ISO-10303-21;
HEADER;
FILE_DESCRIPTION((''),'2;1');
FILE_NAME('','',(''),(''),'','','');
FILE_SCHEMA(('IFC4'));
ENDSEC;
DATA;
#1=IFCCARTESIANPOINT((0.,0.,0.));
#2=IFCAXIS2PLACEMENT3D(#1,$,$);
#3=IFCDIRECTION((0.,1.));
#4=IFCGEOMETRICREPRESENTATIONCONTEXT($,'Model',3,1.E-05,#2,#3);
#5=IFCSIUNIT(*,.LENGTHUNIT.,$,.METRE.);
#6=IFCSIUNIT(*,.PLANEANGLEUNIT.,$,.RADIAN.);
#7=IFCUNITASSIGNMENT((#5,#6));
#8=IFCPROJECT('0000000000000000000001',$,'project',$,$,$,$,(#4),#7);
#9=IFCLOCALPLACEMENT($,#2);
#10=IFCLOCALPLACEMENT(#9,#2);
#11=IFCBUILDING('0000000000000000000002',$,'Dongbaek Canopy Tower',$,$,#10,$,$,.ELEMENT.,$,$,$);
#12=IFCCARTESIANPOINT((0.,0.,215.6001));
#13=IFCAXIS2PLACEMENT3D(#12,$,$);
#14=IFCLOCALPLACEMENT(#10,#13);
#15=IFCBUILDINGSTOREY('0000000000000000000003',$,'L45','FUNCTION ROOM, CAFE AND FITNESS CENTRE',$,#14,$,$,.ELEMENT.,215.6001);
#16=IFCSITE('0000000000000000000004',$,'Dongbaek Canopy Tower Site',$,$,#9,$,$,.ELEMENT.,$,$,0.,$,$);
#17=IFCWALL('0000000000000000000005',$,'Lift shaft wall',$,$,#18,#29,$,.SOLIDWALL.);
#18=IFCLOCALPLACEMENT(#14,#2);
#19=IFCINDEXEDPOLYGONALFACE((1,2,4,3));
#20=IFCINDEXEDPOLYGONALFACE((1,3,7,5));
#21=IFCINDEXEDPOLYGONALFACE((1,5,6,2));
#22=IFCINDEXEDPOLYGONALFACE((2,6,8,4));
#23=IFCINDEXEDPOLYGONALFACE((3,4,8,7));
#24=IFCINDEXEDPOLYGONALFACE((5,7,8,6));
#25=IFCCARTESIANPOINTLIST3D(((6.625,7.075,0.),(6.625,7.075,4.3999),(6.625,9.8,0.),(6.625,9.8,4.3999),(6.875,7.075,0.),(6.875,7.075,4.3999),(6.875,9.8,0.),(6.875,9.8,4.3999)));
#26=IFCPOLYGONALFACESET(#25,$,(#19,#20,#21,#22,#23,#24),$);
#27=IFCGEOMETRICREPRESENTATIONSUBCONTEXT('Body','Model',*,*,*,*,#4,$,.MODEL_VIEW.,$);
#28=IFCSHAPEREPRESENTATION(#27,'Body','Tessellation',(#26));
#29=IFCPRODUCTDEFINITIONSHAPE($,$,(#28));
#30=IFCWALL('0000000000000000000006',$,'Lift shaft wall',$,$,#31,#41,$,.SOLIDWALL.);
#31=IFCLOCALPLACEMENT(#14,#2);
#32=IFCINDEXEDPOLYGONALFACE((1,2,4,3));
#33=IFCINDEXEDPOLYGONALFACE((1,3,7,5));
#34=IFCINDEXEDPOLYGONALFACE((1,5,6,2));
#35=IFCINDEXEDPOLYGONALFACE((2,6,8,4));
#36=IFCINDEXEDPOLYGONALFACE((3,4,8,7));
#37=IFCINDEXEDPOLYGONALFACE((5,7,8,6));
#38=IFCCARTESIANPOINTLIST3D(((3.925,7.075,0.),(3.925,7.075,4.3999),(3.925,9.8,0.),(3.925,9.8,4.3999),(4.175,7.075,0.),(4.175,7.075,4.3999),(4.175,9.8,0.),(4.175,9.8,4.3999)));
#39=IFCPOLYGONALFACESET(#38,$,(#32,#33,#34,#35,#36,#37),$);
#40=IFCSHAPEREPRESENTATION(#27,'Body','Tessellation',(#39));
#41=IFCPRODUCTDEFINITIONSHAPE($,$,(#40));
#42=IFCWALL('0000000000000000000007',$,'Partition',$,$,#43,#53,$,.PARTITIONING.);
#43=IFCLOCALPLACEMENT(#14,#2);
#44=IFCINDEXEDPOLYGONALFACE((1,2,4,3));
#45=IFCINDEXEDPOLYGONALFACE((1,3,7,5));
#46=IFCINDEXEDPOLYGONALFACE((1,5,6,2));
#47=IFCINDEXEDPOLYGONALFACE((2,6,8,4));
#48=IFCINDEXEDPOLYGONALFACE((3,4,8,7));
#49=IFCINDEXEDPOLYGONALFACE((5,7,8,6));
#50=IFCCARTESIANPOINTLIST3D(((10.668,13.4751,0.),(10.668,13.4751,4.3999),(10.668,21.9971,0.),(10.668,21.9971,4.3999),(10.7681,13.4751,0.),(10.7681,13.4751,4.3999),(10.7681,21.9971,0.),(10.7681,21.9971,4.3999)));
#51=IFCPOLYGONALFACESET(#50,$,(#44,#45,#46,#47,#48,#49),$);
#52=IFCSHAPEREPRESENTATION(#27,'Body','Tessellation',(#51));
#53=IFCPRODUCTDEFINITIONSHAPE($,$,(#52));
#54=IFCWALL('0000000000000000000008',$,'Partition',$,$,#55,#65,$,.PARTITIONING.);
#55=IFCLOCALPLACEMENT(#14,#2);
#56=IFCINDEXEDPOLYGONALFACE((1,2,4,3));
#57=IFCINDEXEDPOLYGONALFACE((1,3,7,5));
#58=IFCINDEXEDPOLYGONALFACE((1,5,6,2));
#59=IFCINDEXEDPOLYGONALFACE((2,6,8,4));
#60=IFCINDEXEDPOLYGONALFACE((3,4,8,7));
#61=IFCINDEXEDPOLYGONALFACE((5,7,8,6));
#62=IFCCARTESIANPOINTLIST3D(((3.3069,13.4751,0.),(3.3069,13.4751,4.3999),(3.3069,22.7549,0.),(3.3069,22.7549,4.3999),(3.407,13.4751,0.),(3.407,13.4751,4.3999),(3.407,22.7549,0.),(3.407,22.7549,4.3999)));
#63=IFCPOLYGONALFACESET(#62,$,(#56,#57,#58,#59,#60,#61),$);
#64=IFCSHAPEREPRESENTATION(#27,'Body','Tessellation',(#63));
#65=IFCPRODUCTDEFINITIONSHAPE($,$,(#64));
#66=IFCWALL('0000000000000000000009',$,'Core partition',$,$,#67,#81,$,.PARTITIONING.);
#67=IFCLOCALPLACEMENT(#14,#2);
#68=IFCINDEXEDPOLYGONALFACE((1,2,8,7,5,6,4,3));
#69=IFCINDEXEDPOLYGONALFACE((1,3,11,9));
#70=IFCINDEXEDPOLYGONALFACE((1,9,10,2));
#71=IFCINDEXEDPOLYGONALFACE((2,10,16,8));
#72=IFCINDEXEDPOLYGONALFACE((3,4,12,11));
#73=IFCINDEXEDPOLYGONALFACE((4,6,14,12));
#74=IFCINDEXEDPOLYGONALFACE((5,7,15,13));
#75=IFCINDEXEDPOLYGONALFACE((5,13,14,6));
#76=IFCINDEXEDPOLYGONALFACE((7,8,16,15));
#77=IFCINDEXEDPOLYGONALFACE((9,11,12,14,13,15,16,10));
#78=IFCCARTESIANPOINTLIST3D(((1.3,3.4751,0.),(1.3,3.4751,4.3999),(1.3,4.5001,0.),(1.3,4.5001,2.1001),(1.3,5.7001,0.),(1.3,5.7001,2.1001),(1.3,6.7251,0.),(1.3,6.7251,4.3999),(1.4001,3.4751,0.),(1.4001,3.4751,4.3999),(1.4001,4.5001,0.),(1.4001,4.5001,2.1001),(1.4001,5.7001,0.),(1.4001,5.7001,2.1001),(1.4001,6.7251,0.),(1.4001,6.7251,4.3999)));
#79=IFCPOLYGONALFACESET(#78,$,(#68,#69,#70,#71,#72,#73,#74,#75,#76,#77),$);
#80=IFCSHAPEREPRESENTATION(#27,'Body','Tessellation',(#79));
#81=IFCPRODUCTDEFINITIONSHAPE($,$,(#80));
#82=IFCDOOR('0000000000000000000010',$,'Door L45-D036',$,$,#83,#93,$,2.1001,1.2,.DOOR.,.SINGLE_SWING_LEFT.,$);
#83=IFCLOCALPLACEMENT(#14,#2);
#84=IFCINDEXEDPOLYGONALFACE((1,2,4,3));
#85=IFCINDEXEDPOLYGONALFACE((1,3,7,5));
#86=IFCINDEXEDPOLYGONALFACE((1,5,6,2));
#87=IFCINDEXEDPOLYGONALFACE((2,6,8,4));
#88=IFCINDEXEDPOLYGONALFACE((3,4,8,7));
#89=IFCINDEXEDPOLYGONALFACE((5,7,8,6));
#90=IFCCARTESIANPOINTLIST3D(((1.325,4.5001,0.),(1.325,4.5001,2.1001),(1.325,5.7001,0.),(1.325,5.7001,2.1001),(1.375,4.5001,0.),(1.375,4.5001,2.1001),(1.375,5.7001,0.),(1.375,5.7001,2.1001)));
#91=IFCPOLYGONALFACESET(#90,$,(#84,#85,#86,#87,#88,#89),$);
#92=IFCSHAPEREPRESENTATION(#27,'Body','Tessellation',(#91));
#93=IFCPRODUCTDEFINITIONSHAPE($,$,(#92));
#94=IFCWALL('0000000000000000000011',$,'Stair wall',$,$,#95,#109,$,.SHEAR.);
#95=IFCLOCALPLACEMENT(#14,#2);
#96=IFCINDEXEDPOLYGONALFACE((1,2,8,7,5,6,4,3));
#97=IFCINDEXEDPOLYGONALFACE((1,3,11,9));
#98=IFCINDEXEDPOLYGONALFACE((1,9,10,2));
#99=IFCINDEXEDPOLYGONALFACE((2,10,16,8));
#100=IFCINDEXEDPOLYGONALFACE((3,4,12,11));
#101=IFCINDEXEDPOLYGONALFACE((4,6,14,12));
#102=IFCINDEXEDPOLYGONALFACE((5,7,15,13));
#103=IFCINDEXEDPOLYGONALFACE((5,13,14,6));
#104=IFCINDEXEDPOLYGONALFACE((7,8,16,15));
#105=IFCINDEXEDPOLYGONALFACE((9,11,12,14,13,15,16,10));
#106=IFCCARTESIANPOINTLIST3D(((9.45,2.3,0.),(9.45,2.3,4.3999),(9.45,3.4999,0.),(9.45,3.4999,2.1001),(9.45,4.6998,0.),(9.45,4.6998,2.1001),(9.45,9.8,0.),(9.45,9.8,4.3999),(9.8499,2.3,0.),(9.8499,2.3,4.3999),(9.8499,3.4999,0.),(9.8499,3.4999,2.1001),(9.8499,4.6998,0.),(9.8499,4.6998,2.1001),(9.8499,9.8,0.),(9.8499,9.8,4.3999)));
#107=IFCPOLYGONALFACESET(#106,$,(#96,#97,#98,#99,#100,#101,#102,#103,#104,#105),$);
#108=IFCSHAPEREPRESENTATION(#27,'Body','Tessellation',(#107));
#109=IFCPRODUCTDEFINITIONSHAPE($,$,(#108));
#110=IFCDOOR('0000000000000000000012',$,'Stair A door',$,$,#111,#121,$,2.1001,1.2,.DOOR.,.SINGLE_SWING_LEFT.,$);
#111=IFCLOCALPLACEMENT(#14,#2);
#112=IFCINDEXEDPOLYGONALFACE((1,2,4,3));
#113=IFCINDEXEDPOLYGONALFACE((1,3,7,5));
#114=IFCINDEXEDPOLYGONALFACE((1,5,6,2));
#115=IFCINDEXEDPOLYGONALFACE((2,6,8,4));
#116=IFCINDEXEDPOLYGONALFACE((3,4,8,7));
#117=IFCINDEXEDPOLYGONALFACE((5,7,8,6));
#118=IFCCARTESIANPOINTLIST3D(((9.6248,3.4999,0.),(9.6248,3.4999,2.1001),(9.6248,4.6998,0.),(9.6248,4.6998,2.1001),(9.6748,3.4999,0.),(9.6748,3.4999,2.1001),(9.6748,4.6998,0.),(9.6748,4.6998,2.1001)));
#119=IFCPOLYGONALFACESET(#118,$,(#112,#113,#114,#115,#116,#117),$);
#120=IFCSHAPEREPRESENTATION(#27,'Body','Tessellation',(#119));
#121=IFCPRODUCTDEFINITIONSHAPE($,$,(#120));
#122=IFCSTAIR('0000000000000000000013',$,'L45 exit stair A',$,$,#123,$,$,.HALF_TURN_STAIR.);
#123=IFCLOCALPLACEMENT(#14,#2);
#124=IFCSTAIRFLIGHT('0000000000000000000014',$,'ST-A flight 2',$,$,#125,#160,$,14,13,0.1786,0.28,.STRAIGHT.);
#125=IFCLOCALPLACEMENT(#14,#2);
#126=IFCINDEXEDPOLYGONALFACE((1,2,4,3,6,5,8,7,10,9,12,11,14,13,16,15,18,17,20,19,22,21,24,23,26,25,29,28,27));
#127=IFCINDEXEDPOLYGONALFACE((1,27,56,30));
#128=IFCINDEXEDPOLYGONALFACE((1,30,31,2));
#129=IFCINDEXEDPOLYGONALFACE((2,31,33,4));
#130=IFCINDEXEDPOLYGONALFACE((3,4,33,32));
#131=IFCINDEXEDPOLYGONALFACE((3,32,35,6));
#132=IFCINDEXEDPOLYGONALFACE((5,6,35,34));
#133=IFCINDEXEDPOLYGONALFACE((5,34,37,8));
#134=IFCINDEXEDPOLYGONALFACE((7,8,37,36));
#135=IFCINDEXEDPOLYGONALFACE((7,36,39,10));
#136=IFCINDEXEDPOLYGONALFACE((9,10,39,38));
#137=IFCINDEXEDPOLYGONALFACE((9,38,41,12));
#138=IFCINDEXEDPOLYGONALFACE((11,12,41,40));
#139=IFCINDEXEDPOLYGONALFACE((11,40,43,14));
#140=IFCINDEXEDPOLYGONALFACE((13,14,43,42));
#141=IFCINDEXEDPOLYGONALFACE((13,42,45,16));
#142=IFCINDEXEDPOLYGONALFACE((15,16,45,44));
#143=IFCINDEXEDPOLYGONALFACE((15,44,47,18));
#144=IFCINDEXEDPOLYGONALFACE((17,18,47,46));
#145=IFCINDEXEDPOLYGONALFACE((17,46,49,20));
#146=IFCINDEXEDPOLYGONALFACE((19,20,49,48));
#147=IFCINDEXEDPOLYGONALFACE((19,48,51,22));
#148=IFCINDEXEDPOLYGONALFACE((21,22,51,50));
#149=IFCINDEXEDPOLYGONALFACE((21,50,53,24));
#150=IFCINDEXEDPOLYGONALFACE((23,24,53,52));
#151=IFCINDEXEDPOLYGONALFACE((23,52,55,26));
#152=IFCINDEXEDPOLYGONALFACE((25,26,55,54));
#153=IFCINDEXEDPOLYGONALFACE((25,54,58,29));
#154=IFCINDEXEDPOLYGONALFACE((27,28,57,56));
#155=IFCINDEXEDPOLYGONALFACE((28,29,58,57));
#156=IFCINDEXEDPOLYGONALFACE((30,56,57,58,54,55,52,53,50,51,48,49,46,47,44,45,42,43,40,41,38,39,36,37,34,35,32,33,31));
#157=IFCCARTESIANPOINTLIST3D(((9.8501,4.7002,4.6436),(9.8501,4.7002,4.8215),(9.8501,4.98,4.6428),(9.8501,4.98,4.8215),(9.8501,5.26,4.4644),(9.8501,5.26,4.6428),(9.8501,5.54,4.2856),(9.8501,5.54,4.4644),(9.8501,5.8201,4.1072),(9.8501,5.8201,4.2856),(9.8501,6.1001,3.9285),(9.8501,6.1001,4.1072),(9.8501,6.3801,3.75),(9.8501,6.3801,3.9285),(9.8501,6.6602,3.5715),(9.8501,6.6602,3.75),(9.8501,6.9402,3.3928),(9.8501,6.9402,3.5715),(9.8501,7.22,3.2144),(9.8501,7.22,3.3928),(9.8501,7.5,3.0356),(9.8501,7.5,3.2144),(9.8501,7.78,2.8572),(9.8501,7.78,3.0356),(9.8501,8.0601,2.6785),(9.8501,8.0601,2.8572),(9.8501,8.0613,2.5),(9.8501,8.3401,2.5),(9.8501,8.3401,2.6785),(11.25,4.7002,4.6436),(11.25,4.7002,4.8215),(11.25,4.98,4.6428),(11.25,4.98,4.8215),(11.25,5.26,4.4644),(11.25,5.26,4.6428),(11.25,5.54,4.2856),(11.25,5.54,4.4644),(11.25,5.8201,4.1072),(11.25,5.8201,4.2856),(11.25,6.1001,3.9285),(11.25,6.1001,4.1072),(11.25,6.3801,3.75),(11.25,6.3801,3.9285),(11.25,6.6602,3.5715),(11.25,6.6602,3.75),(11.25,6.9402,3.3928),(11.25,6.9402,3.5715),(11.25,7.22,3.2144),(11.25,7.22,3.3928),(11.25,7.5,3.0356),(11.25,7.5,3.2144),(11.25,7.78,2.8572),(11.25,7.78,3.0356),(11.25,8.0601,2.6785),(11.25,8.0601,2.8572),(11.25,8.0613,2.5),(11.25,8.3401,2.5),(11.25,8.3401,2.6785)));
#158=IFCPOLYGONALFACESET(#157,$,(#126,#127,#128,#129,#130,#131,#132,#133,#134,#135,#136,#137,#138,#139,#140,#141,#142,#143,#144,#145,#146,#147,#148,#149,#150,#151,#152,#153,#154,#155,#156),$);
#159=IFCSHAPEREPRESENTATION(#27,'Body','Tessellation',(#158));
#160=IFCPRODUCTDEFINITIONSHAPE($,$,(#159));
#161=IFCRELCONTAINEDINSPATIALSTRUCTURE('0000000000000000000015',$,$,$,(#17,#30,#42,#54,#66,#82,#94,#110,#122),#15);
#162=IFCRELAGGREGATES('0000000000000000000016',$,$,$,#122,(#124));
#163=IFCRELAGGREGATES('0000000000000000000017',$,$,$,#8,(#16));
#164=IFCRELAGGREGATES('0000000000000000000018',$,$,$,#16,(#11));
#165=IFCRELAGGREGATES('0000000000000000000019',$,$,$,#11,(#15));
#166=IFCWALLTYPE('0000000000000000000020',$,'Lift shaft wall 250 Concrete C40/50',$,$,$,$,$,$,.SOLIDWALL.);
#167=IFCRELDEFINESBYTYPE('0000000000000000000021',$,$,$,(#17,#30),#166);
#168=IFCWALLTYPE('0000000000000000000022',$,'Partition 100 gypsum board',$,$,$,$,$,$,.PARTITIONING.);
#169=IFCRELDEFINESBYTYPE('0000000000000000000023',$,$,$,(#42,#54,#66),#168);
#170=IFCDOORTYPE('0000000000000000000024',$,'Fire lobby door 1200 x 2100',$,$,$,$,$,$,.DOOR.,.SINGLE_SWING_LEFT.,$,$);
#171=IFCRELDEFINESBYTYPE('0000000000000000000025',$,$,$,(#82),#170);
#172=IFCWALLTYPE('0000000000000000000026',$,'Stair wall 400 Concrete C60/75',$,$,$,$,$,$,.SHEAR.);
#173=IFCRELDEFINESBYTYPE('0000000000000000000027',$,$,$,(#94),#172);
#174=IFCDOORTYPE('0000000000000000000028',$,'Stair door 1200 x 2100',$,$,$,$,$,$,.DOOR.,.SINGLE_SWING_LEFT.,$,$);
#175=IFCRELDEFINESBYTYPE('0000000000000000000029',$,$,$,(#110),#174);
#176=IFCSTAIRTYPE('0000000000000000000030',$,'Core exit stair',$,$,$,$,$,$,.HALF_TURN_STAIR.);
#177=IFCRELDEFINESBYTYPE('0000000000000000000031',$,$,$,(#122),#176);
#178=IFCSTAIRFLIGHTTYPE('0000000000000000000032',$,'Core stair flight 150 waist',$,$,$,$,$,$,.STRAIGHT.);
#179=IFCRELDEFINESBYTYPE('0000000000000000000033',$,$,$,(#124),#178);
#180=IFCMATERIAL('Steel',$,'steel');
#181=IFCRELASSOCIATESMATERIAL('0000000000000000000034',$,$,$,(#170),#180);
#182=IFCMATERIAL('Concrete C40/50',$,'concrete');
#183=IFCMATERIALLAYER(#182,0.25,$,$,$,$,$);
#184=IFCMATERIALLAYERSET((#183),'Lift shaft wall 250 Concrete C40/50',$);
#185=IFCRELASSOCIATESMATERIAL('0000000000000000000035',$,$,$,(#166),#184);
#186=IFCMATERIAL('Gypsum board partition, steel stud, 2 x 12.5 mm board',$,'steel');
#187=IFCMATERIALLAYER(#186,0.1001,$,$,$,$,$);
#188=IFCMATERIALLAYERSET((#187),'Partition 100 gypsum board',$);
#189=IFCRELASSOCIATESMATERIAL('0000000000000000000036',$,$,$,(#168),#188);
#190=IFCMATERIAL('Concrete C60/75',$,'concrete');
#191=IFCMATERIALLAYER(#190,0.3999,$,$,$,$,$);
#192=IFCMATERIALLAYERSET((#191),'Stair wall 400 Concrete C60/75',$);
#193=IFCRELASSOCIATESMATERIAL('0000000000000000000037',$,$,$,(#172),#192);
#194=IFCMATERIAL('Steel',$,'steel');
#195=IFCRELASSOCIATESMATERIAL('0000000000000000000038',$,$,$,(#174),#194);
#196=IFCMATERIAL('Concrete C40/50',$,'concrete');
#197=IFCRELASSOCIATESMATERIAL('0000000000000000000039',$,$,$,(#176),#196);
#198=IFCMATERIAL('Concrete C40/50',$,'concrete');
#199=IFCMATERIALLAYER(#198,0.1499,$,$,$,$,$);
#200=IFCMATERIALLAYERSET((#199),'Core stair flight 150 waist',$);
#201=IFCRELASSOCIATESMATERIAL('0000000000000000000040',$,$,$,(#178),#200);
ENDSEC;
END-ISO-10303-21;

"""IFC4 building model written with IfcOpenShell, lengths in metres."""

from ifc_helpers import new_model, si_unit, direction, frame, frame_2d, origin, place, context, subcontext, project, spatial, polyline, rectangle, outline, extrude, material, layer, layer_set, type_object, element, fill, aggregate, save


model = new_model("IFC4")

# Units and contexts
model_context = context("Model", 3, precision=1e-05, world=origin(), true_north=direction((0.0, 1.0)))
body_context = subcontext(model_context, "Body", "Model", "MODEL_VIEW")
ifc_project = project(units=[si_unit("LENGTHUNIT", "METRE"), si_unit("PLANEANGLEUNIT", "RADIAN")], contexts=[model_context])

# Site, building, storey
site_placement = place(None, origin())
site = spatial("IfcSite", under=ifc_project, at=site_placement, Name="Dongbaek Canopy Tower Site", CompositionType="ELEMENT", RefElevation=0.0)
building_placement = place(site_placement, origin())
building = spatial("IfcBuilding", under=site, at=building_placement, Name="Dongbaek Canopy Tower", CompositionType="ELEMENT")
storey_placement = place(building_placement, frame((0.0, 0.0, 215.6001)))
storey = spatial("IfcBuildingStorey", under=building, at=storey_placement, Name="L45", Description="FUNCTION ROOM, CAFE AND FITNESS CENTRE", CompositionType="ELEMENT", Elevation=215.6001)

# Shared definitions
ifc_material_1 = material(Name="Steel", Category="steel")
door_type_1 = type_object("IfcDoorType", Name="Fire lobby door 1200 x 2100", OperationType="SINGLE_SWING_LEFT", PredefinedType="DOOR", material=ifc_material_1)

# Walls
ifc_material_2 = material(Name="Concrete C40/50", Category="concrete")
ifc_layer_1 = layer(ifc_material_2, 0.25)
ifc_layer_set_1 = layer_set([ifc_layer_1], Name="Lift shaft wall 250 Concrete C40/50")
wall_type_1 = type_object("IfcWallType", Name="Lift shaft wall 250 Concrete C40/50", PredefinedType="SOLIDWALL", material=ifc_layer_set_1)
for number, where, z_axis, x_axis, name in (
    (1, (6.75, 7.075, 0.0), (0.0, 0.0, 1.0), (0.0, 1.0, 0.0), "Lift shaft wall"),
    (2, (4.05, 7.075, 0.0), (0.0, 0.0, 1.0), (0.0, 1.0, 0.0), "Lift shaft wall"),
):
    element("IfcWall", number, at=place(storey_placement, frame(where, z_axis=z_axis, x_axis=x_axis)), inside=storey, type_object=wall_type_1, Name=name, PredefinedType="SOLIDWALL", context=body_context, shape_type="SweptSolid", body=[
        extrude(rectangle(XDim=2.7251, YDim=0.25, at=frame_2d((1.3625, 0.0))), origin(), (0.0, 0.0, 1.0), 4.3999),
    ])
ifc_material_3 = material(Name="Gypsum board partition, steel stud, 2 x 12.5 mm board", Category="steel")
ifc_layer_2 = layer(ifc_material_3, 0.1001)
ifc_layer_set_2 = layer_set([ifc_layer_2], Name="Partition 100 gypsum board")
wall_type_2 = type_object("IfcWallType", Name="Partition 100 gypsum board", PredefinedType="PARTITIONING", material=ifc_layer_set_2)
wall_1_placement = place(storey_placement, frame((10.718, 13.4751, 0.0), z_axis=(0.0, 0.0, 1.0), x_axis=(0.0, 1.0, 0.0)))
element("IfcWall", 3, at=wall_1_placement, inside=storey, type_object=wall_type_2, Name="Partition", PredefinedType="PARTITIONING", context=body_context, shape_type="SweptSolid", body=[
    extrude(rectangle(XDim=8.522, YDim=0.1001, at=frame_2d((4.261, 0.0))), origin(), (0.0, 0.0, 1.0), 4.3999),
])
wall_2_placement = place(storey_placement, frame((3.3569, 13.4751, 0.0), z_axis=(0.0, 0.0, 1.0), x_axis=(0.0, 1.0, 0.0)))
element("IfcWall", 4, at=wall_2_placement, inside=storey, type_object=wall_type_2, Name="Partition", PredefinedType="PARTITIONING", context=body_context, shape_type="SweptSolid", body=[
    extrude(rectangle(XDim=9.2798, YDim=0.1001, at=frame_2d((4.6399, 0.0))), origin(), (0.0, 0.0, 1.0), 4.3999),
])

# Walls, openings, doors
wall_3_placement = place(storey_placement, frame((1.3501, 6.7251, 0.0), z_axis=(0.0, 0.0, 1.0), x_axis=(0.0, -1.0, 0.0)))
wall_3 = element("IfcWall", 5, at=wall_3_placement, inside=storey, type_object=wall_type_2, Name="Core partition", PredefinedType="PARTITIONING", context=body_context, shape_type="SweptSolid", body=[
    extrude(rectangle(XDim=3.25, YDim=0.1001, at=frame_2d((1.625, 0.0))), origin(), (0.0, 0.0, 1.0), 4.3999),
])
opening_1_placement = place(wall_3_placement, frame((1.0249, 0.0, 0.0)))
opening_1 = element("IfcOpeningElement", 6, at=opening_1_placement, cuts=wall_3, PredefinedType="OPENING", context=body_context, shape_type="SweptSolid", body=[
    extrude(rectangle(XDim=1.2, YDim=2.1001, at=frame_2d((0.6001, 1.05))), frame((0.0, 0.0601, 0.0), z_axis=(0.0, -1.0, 0.0), x_axis=(1.0, 0.0, 0.0)), (0.0, 0.0, 1.0), 0.1201),
])
door_1_placement = place(opening_1_placement, origin())
door_1 = element("IfcDoor", 7, at=door_1_placement, inside=storey, type_object=door_type_1, Name="Door L45-D036", OperationType="SINGLE_SWING_LEFT", OverallHeight=2.1001, OverallWidth=1.2, PredefinedType="DOOR", context=body_context, shape_type="SweptSolid", body=[
    extrude(rectangle(XDim=1.2, YDim=2.1001, at=frame_2d((0.6001, 1.05))), frame((0.0, 0.0249, 0.0), z_axis=(0.0, -1.0, 0.0), x_axis=(1.0, 0.0, 0.0)), (0.0, 0.0, 1.0), 0.05),
])
fill(opening_1, door_1)
ifc_material_4 = material(Name="Concrete C60/75", Category="concrete")
ifc_layer_3 = layer(ifc_material_4, 0.3999)
ifc_layer_set_3 = layer_set([ifc_layer_3], Name="Stair wall 400 Concrete C60/75")
wall_type_3 = type_object("IfcWallType", Name="Stair wall 400 Concrete C60/75", PredefinedType="SHEAR", material=ifc_layer_set_3)
wall_4_placement = place(storey_placement, frame((9.6499, 9.8, 0.0), z_axis=(0.0, 0.0, 1.0), x_axis=(0.0, -1.0, 0.0)))
wall_4 = element("IfcWall", 8, at=wall_4_placement, inside=storey, type_object=wall_type_3, Name="Stair wall", PredefinedType="SHEAR", context=body_context, shape_type="SweptSolid", body=[
    extrude(rectangle(XDim=7.5, YDim=0.3999, at=frame_2d((3.75, 0.0))), origin(), (0.0, 0.0, 1.0), 4.3999),
])
opening_2_placement = place(wall_4_placement, frame((5.1001, 0.0, 0.0)))
opening_2 = element("IfcOpeningElement", 9, at=opening_2_placement, cuts=wall_4, PredefinedType="OPENING", context=body_context, shape_type="SweptSolid", body=[
    extrude(rectangle(XDim=1.2, YDim=2.1001, at=frame_2d((0.6001, 1.05))), frame((0.0, 0.21, 0.0), z_axis=(0.0, -1.0, 0.0), x_axis=(1.0, 0.0, 0.0)), (0.0, 0.0, 1.0), 0.4199),
])
ifc_material_5 = material(Name="Steel", Category="steel")
door_type_2 = type_object("IfcDoorType", Name="Stair door 1200 x 2100", OperationType="SINGLE_SWING_LEFT", PredefinedType="DOOR", material=ifc_material_5)
door_2_placement = place(opening_2_placement, origin())
door_2 = element("IfcDoor", 10, at=door_2_placement, inside=storey, type_object=door_type_2, Name="Stair A door", OperationType="SINGLE_SWING_LEFT", OverallHeight=2.1001, OverallWidth=1.2, PredefinedType="DOOR", context=body_context, shape_type="SweptSolid", body=[
    extrude(rectangle(XDim=1.2, YDim=2.1001, at=frame_2d((0.6001, 1.05))), frame((0.0, 0.0249, 0.0), z_axis=(0.0, -1.0, 0.0), x_axis=(1.0, 0.0, 0.0)), (0.0, 0.0, 1.0), 0.05),
])
fill(opening_2, door_2)

# Stair, stair flight
ifc_material_6 = material(Name="Concrete C40/50", Category="concrete")
stair_type = type_object("IfcStairType", Name="Core exit stair", PredefinedType="HALF_TURN_STAIR", material=ifc_material_6)
stair_placement = place(storey_placement, origin())
stair = element("IfcStair", 11, at=stair_placement, inside=storey, type_object=stair_type, Name="L45 exit stair A", PredefinedType="HALF_TURN_STAIR")
ifc_material_7 = material(Name="Concrete C40/50", Category="concrete")
ifc_layer_4 = layer(ifc_material_7, 0.1499)
ifc_layer_set_4 = layer_set([ifc_layer_4], Name="Core stair flight 150 waist")
stair_flight_type = type_object("IfcStairFlightType", Name="Core stair flight 150 waist", PredefinedType="STRAIGHT", material=ifc_layer_set_4)
stair_flight_placement = place(storey_placement, frame((10.55, 8.3401, 2.5), z_axis=(0.0, 0.0, 1.0), x_axis=(0.0, -1.0, 0.0)))
stair_flight = element("IfcStairFlight", 12, at=stair_flight_placement, type_object=stair_flight_type, Name="ST-A flight 2", NumberOfRisers=14, NumberOfTreads=13, PredefinedType="STRAIGHT", RiserHeight=0.1786, TreadLength=0.28, context=body_context, shape_type="SweptSolid", body=[
    extrude(outline(polyline([(0.0, 0.0), (0.0, 0.1785), (0.28, 0.1785), (0.28, 0.3572), (0.5601, 0.3572), (0.5601, 0.5356), (0.8401, 0.5356), (0.8401, 0.7144), (1.1201, 0.7144), (1.1201, 0.8928), (1.3999, 0.8928), (1.3999, 1.0715), (1.6799, 1.0715), (1.6799, 1.25), (1.96, 1.25), (1.96, 1.4285), (2.24, 1.4285), (2.24, 1.6072), (2.52, 1.6072), (2.52, 1.7856), (2.8, 1.7856), (2.8, 1.9644), (3.0801, 1.9644), (3.0801, 2.1428), (3.3601, 2.1428), (3.3601, 2.3215), (3.6399, 2.3215), (3.6399, 2.5), (3.6399, 2.1436), (0.2788, 0.0), (0.0, 0.0)])), frame((0.0, 0.7, 0.0), z_axis=(0.0, -1.0, 0.0), x_axis=(1.0, 0.0, 0.0)), (0.0, 0.0, 1.0), 1.3999),
])
aggregate(stair, [stair_flight])

save(model, "model.ifc")
